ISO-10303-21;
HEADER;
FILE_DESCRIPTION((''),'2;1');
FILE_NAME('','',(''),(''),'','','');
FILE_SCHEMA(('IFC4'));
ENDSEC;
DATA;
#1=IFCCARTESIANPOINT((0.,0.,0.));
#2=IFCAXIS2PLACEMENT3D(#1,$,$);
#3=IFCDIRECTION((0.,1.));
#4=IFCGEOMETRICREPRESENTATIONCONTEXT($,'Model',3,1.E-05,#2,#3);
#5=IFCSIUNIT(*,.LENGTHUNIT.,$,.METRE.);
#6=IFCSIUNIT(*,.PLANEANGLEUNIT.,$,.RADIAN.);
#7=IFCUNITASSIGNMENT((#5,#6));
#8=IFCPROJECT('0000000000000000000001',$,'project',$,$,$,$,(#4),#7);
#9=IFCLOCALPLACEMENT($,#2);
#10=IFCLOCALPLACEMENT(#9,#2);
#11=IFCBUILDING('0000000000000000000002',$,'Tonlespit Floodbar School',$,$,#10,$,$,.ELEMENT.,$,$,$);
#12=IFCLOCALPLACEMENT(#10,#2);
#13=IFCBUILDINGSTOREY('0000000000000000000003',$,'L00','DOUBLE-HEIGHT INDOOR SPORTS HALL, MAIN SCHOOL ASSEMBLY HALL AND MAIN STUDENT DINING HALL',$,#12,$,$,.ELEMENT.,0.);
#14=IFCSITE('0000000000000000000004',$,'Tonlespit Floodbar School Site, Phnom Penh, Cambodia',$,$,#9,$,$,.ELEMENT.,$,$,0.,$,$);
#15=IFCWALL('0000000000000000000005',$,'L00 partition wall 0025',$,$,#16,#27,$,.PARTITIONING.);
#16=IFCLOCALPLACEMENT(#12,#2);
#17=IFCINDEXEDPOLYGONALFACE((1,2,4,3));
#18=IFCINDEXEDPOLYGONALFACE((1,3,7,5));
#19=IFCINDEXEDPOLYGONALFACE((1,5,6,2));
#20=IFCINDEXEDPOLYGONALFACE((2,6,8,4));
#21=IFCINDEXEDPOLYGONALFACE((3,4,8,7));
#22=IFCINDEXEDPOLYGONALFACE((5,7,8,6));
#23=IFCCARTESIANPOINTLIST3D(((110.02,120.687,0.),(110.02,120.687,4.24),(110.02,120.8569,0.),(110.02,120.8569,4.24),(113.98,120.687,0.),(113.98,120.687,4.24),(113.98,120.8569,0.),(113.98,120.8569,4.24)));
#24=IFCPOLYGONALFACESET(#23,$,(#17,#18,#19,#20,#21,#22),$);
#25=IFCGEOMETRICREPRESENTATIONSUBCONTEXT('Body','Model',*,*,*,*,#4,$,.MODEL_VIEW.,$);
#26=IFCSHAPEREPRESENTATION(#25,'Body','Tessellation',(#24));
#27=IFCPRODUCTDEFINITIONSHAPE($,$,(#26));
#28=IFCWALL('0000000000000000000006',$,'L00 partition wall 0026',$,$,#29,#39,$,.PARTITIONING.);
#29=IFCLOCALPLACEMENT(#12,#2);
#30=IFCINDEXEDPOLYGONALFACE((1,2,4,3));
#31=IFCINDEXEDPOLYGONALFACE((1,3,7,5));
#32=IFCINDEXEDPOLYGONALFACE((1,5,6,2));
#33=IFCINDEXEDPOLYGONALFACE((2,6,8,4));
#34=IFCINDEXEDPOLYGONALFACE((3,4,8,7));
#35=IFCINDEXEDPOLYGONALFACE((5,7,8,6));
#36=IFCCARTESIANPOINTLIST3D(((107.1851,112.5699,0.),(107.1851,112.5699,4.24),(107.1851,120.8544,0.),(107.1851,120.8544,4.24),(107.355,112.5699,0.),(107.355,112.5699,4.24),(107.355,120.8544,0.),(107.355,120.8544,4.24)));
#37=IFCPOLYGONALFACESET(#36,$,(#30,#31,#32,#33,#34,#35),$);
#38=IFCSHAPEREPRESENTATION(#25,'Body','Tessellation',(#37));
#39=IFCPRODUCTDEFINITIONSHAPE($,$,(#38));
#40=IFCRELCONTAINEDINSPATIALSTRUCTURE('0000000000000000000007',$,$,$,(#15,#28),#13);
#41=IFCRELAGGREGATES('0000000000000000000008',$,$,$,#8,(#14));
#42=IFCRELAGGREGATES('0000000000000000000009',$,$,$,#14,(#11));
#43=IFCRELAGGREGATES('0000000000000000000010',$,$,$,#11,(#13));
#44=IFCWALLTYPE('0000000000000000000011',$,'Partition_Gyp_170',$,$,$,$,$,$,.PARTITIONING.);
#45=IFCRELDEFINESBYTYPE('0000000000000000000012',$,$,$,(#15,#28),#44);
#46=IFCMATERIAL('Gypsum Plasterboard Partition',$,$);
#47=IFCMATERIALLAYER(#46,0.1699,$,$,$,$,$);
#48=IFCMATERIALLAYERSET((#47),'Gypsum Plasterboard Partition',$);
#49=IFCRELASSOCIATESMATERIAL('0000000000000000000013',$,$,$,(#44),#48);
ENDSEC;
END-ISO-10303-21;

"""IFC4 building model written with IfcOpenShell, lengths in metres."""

from ifc_helpers import new_model, si_unit, direction, frame, frame_2d, origin, place, context, subcontext, project, spatial, rectangle, extrude, material, layer, layer_set, type_object, element, save


model = new_model("IFC4")

# Units and contexts
model_context = context("Model", 3, precision=1e-05, world=origin(), true_north=direction((0.0, 1.0)))
body_context = subcontext(model_context, "Body", "Model", "MODEL_VIEW")
ifc_project = project(units=[si_unit("LENGTHUNIT", "METRE"), si_unit("PLANEANGLEUNIT", "RADIAN")], contexts=[model_context])

# Site, building, storey
site_placement = place(None, origin())
site = spatial("IfcSite", under=ifc_project, at=site_placement, Name="Tonlespit Floodbar School Site, Phnom Penh, Cambodia", CompositionType="ELEMENT", RefElevation=0.0)
building_placement = place(site_placement, origin())
building = spatial("IfcBuilding", under=site, at=building_placement, Name="Tonlespit Floodbar School", CompositionType="ELEMENT")
storey_placement = place(building_placement, origin())
storey = spatial("IfcBuildingStorey", under=building, at=storey_placement, Name="L00", Description="DOUBLE-HEIGHT INDOOR SPORTS HALL, MAIN SCHOOL ASSEMBLY HALL AND MAIN STUDENT DINING HALL", CompositionType="ELEMENT", Elevation=0.0)

# Shared definitions
ifc_material_1 = material(Name="Gypsum Plasterboard Partition")
ifc_layer_1 = layer(ifc_material_1, 0.1699)
ifc_layer_set_1 = layer_set([ifc_layer_1], Name="Gypsum Plasterboard Partition")
wall_type_1 = type_object("IfcWallType", Name="Partition_Gyp_170", PredefinedType="PARTITIONING", material=ifc_layer_set_1)

# Walls
wall_1_placement = place(storey_placement, frame((110.02, 120.772, 0.0), z_axis=(0.0, 0.0, 1.0), x_axis=(1.0, 0.0, 0.0)))
element("IfcWall", 1, at=wall_1_placement, inside=storey, type_object=wall_type_1, Name="L00 partition wall 0025", PredefinedType="PARTITIONING", context=body_context, shape_type="SweptSolid", body=[
    extrude(rectangle(XDim=3.96, YDim=0.1699, at=frame_2d((1.98, 0.0))), origin(), (0.0, 0.0, 1.0), 4.24),
])
wall_2_placement = place(storey_placement, frame((107.27, 112.5701, 0.0), z_axis=(0.0, 0.0, 1.0), x_axis=(0.0, 1.0, 0.0)))
element("IfcWall", 2, at=wall_2_placement, inside=storey, type_object=wall_type_1, Name="L00 partition wall 0026", PredefinedType="PARTITIONING", context=body_context, shape_type="SweptSolid", body=[
    extrude(rectangle(XDim=8.2844, YDim=0.1699, at=frame_2d((4.1421, 0.0))), origin(), (0.0, 0.0, 1.0), 4.24),
])

save(model, "model.ifc")
